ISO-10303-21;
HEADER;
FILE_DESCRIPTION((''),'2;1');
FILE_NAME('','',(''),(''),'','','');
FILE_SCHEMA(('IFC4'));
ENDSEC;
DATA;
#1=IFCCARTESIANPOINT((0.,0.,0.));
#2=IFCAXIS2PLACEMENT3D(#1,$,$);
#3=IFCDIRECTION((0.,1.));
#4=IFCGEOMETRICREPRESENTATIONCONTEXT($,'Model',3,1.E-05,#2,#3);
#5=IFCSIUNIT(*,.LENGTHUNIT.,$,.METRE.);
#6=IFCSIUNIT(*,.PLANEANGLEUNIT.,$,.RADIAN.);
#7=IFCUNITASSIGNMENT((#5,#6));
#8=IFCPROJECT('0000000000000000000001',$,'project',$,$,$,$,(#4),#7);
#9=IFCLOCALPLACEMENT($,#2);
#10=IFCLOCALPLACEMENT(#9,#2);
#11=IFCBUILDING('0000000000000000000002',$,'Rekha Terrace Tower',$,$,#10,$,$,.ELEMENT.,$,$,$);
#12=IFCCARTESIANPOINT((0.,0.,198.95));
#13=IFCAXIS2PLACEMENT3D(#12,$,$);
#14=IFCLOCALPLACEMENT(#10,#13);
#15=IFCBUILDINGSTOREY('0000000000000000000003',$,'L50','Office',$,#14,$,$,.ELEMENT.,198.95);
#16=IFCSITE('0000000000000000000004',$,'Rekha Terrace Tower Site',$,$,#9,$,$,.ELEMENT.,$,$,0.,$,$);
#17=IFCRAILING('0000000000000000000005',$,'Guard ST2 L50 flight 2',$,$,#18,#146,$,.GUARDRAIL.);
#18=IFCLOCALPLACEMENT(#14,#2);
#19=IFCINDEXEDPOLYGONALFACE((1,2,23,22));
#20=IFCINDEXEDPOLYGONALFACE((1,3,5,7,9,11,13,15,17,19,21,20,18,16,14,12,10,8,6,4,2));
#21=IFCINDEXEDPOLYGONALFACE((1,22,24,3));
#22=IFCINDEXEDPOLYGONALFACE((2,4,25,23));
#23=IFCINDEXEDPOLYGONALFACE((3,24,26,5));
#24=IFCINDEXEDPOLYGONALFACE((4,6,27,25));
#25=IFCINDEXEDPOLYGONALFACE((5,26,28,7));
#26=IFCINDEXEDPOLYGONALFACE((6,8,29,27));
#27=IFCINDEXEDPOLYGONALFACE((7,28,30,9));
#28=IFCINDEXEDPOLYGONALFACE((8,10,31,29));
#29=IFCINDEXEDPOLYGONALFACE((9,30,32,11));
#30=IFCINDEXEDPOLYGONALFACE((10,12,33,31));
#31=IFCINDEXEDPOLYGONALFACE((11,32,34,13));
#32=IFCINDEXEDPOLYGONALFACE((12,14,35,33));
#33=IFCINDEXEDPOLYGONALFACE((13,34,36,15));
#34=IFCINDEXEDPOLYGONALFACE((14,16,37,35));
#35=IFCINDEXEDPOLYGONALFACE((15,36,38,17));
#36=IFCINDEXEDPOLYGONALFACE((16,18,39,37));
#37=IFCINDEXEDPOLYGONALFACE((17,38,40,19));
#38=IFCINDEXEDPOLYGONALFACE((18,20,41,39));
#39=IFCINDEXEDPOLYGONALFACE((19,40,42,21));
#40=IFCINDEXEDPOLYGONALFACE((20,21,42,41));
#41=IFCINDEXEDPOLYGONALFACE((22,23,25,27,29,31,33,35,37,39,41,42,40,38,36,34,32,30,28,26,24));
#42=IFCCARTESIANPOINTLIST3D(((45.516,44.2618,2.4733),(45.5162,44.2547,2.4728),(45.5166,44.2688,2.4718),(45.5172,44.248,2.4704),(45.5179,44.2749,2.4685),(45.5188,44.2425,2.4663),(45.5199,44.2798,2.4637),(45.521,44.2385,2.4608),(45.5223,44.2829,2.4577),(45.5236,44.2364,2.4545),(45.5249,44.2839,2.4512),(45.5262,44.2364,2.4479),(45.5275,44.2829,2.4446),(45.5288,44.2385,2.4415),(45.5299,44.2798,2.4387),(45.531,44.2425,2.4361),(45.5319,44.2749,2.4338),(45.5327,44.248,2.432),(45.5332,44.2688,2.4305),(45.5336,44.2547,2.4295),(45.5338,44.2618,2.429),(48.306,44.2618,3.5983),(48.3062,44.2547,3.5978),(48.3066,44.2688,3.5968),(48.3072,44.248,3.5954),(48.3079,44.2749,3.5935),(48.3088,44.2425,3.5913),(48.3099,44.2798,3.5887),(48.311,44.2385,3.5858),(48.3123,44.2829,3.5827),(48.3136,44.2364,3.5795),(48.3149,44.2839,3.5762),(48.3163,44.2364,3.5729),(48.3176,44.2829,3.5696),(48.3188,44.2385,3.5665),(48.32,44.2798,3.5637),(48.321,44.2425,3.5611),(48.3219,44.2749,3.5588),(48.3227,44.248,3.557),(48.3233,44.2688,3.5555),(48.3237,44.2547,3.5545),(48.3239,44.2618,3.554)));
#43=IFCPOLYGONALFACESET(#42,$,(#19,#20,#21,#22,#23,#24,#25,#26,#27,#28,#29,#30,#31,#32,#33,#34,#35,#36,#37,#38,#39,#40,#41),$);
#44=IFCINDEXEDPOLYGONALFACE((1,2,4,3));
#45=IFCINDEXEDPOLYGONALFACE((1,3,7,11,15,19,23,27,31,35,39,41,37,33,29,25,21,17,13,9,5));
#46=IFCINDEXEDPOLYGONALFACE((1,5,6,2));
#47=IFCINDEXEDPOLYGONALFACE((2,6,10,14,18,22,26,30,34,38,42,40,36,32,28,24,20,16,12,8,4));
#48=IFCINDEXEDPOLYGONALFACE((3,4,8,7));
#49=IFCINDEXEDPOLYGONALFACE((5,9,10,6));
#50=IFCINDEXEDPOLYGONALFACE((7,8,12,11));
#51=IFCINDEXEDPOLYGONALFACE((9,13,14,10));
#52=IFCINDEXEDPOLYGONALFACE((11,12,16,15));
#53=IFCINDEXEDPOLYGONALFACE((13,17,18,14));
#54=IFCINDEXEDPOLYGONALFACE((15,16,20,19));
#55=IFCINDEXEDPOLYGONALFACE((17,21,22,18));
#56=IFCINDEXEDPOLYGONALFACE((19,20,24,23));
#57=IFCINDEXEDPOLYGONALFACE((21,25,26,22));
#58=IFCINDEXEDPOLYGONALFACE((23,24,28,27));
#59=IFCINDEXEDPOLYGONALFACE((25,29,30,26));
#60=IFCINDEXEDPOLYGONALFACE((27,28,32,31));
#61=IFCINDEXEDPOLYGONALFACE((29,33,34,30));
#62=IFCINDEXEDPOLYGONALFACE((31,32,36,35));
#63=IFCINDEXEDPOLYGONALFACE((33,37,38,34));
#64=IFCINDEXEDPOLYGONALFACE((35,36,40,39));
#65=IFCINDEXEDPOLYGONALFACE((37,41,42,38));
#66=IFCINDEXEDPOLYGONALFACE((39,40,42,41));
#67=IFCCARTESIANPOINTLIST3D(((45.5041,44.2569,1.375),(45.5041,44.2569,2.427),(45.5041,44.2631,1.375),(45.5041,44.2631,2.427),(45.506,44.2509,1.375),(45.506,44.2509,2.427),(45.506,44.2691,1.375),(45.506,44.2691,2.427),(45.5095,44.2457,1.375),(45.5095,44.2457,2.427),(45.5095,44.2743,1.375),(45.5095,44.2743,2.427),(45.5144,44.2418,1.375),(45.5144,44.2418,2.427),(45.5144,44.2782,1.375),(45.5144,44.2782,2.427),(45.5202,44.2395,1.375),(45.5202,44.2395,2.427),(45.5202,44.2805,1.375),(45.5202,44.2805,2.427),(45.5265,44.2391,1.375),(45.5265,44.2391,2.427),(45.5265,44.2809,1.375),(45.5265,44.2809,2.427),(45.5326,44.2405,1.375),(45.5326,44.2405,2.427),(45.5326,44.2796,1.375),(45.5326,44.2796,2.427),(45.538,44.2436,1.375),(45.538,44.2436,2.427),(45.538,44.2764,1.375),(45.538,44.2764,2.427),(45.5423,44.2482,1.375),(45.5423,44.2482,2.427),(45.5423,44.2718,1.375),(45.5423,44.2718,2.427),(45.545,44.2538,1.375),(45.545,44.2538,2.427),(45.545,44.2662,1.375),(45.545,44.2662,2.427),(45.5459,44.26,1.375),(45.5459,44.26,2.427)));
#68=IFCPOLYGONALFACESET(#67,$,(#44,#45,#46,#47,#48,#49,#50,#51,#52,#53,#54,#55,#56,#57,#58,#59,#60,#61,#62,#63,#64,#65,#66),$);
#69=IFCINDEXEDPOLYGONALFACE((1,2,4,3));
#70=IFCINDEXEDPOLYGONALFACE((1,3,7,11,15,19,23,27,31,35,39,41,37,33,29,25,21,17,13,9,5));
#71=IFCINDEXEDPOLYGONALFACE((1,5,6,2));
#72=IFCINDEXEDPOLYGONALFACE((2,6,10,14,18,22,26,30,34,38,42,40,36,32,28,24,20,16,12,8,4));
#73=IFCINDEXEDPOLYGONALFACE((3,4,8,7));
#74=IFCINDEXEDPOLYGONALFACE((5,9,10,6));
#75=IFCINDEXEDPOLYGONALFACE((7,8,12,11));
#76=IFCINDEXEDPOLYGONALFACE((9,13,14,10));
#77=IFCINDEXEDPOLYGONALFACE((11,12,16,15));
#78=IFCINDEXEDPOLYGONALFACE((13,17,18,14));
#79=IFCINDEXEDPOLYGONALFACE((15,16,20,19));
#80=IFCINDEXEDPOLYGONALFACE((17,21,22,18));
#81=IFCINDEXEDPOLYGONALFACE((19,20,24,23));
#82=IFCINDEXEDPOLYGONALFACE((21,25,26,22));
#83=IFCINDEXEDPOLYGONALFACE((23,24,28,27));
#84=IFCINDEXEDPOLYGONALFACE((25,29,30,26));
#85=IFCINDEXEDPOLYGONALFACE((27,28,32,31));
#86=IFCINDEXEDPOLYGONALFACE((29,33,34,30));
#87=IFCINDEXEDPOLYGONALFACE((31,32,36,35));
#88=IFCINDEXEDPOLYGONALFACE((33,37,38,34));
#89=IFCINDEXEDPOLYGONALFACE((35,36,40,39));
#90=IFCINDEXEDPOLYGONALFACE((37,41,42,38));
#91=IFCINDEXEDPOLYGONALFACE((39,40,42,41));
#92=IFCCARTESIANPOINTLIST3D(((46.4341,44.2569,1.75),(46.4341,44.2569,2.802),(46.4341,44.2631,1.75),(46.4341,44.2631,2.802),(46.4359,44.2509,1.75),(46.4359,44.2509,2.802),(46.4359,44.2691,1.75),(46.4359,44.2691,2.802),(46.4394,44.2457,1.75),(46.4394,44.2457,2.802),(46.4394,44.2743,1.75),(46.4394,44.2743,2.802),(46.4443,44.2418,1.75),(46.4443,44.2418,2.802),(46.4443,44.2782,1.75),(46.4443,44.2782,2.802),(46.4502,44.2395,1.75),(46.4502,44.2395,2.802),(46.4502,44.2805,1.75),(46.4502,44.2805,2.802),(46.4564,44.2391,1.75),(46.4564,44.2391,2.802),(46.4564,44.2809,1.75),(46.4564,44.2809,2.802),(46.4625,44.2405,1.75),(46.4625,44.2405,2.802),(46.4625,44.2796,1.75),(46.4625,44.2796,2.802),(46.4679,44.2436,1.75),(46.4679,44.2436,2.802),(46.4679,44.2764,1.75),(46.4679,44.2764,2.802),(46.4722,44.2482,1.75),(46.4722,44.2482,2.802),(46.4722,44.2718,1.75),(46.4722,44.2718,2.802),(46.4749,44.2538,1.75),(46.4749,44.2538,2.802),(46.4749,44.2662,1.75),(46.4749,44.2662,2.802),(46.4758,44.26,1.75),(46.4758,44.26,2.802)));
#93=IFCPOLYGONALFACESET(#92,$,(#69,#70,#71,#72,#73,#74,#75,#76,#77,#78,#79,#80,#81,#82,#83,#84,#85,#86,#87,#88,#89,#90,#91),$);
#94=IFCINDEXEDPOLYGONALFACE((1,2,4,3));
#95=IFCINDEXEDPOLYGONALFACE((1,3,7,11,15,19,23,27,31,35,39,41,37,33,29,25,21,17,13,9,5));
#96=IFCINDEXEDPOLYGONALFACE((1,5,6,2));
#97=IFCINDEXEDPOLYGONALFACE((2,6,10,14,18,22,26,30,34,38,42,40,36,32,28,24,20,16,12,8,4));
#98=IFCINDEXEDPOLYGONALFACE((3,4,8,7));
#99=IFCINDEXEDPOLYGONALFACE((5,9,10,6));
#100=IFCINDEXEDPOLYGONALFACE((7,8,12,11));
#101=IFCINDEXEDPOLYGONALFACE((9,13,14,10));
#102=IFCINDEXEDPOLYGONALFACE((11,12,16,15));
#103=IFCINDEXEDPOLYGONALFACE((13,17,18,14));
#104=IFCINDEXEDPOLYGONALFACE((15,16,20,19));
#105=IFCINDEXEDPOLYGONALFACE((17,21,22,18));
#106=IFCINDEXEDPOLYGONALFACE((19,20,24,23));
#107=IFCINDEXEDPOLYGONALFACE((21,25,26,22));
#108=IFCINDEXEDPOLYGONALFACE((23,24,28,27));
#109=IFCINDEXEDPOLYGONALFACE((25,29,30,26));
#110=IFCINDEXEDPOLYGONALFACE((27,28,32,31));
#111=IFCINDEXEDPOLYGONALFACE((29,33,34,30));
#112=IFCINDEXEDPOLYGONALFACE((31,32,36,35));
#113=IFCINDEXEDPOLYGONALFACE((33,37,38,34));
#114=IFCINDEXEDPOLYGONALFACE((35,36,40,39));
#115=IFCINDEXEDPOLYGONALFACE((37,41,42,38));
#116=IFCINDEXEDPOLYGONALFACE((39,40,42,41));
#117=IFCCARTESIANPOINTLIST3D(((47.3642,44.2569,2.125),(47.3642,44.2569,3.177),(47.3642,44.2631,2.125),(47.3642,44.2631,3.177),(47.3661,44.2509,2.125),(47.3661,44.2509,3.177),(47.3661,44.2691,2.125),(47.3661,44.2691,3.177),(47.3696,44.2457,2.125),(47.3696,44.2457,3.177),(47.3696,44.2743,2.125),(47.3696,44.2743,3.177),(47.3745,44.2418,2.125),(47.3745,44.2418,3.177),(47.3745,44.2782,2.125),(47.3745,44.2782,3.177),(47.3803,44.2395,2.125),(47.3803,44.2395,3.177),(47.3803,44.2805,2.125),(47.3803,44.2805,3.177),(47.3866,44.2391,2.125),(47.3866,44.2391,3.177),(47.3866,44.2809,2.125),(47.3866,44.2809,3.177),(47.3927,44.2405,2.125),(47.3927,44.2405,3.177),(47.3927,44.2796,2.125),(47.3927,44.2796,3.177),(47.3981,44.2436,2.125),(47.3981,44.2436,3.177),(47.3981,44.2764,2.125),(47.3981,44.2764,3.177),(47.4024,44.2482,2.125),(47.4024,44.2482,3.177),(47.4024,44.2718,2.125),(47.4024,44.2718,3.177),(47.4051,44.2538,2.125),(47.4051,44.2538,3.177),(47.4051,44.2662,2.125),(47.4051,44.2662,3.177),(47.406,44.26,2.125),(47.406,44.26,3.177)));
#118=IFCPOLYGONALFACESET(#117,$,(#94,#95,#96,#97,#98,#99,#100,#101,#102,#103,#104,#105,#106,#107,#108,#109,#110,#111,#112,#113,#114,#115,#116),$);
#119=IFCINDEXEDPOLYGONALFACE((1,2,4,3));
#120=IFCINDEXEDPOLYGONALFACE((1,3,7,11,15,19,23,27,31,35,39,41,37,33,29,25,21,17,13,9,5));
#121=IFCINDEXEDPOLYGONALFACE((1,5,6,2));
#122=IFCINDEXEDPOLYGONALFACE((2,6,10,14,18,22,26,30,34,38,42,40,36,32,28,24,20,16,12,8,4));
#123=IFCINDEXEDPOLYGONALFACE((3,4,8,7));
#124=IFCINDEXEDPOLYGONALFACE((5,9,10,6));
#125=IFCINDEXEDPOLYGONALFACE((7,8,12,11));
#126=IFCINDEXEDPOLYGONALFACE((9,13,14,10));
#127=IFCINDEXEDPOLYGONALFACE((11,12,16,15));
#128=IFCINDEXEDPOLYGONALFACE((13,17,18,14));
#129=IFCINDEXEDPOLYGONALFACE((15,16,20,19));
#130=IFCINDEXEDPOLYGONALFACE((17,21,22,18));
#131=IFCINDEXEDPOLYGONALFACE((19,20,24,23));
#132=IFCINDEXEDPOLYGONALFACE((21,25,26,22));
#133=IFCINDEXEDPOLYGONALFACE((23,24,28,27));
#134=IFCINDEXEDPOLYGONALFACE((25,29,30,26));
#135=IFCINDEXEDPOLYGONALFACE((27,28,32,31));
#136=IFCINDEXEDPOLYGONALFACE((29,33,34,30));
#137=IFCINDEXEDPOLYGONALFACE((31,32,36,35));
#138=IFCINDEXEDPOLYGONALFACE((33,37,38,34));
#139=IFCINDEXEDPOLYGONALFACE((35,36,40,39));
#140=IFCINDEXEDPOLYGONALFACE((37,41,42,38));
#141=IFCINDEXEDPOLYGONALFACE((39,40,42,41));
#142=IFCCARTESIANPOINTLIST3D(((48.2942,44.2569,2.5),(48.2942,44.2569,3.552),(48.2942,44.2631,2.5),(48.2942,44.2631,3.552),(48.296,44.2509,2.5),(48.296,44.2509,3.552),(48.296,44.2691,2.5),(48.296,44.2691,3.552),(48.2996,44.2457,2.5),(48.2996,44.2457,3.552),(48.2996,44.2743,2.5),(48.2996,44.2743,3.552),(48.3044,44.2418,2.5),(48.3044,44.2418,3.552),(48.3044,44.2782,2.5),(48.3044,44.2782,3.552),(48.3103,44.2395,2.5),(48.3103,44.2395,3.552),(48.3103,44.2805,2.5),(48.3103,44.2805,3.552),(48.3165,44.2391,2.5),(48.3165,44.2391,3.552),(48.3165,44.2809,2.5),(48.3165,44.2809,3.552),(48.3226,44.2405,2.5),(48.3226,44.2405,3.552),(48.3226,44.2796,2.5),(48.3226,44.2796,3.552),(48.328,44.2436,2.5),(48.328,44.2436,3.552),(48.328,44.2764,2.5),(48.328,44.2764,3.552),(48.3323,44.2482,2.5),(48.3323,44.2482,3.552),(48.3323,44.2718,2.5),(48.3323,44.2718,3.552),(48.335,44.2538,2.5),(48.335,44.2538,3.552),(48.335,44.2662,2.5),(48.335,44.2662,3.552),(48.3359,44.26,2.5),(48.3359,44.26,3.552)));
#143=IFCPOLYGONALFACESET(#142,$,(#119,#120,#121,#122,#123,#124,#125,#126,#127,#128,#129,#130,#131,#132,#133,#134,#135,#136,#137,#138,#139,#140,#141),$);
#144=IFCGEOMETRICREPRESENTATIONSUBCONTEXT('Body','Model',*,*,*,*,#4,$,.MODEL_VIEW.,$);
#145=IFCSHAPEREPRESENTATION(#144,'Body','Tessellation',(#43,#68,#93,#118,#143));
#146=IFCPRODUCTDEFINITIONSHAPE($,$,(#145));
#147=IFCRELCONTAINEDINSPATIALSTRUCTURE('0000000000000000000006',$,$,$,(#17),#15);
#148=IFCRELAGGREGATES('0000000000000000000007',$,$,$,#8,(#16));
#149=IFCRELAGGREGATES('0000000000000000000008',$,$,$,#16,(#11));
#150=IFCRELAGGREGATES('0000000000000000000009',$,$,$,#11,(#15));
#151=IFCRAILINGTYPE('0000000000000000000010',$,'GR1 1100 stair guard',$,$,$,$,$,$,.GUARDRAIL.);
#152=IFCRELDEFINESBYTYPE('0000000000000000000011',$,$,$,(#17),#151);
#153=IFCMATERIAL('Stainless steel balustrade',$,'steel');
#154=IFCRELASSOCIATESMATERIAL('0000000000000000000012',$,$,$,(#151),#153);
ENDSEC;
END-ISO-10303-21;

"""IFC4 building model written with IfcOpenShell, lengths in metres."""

from ifc_helpers import new_model, si_unit, direction, frame, origin, origin_2d, place, context, subcontext, project, spatial, circle, extrude, material, type_object, element, save


model = new_model("IFC4")

# Units and contexts
model_context = context("Model", 3, precision=1e-05, world=origin(), true_north=direction((0.0, 1.0)))
body_context = subcontext(model_context, "Body", "Model", "MODEL_VIEW")
ifc_project = project(units=[si_unit("LENGTHUNIT", "METRE"), si_unit("PLANEANGLEUNIT", "RADIAN")], contexts=[model_context])

# Site, building, storey
site_placement = place(None, origin())
site = spatial("IfcSite", under=ifc_project, at=site_placement, Name="Rekha Terrace Tower Site", CompositionType="ELEMENT", RefElevation=0.0)
building_placement = place(site_placement, origin())
building = spatial("IfcBuilding", under=site, at=building_placement, Name="Rekha Terrace Tower", CompositionType="ELEMENT")
storey_placement = place(building_placement, frame((0.0, 0.0, 198.95)))
storey = spatial("IfcBuildingStorey", under=building, at=storey_placement, Name="L50", Description="Office", CompositionType="ELEMENT", Elevation=198.95)

# Railing
ifc_material_1 = material(Name="Stainless steel balustrade", Category="steel")
railing_type_1 = type_object("IfcRailingType", Name="GR1 1100 stair guard", PredefinedType="GUARDRAIL", material=ifc_material_1)
railing_1_placement = place(storey_placement, frame((45.5249, 44.26, 1.375)))
element("IfcRailing", 1, at=railing_1_placement, inside=storey, type_object=railing_type_1, Name="Guard ST2 L50 flight 2", PredefinedType="GUARDRAIL", context=body_context, shape_type="SweptSolid", body=[
    extrude(circle(Radius=0.0239, at=origin_2d()), frame((0.0, 0.0, 1.0762), z_axis=(0.927443, 0.0, 0.373964), x_axis=(0.0, 1.0, 0.0)), (0.0, 0.0, 1.0), 3.0083),
    extrude(circle(Radius=0.021, at=origin_2d()), origin(), (0.0, 0.0, 1.0), 1.052),
    extrude(circle(Radius=0.021, at=origin_2d()), frame((0.9299, 0.0, 0.375)), (0.0, 0.0, 1.0), 1.052),
    extrude(circle(Radius=0.021, at=origin_2d()), frame((1.8601, 0.0, 0.75)), (0.0, 0.0, 1.0), 1.052),
    extrude(circle(Radius=0.021, at=origin_2d()), frame((2.79, 0.0, 1.125)), (0.0, 0.0, 1.0), 1.052),
])

save(model, "model.ifc")
